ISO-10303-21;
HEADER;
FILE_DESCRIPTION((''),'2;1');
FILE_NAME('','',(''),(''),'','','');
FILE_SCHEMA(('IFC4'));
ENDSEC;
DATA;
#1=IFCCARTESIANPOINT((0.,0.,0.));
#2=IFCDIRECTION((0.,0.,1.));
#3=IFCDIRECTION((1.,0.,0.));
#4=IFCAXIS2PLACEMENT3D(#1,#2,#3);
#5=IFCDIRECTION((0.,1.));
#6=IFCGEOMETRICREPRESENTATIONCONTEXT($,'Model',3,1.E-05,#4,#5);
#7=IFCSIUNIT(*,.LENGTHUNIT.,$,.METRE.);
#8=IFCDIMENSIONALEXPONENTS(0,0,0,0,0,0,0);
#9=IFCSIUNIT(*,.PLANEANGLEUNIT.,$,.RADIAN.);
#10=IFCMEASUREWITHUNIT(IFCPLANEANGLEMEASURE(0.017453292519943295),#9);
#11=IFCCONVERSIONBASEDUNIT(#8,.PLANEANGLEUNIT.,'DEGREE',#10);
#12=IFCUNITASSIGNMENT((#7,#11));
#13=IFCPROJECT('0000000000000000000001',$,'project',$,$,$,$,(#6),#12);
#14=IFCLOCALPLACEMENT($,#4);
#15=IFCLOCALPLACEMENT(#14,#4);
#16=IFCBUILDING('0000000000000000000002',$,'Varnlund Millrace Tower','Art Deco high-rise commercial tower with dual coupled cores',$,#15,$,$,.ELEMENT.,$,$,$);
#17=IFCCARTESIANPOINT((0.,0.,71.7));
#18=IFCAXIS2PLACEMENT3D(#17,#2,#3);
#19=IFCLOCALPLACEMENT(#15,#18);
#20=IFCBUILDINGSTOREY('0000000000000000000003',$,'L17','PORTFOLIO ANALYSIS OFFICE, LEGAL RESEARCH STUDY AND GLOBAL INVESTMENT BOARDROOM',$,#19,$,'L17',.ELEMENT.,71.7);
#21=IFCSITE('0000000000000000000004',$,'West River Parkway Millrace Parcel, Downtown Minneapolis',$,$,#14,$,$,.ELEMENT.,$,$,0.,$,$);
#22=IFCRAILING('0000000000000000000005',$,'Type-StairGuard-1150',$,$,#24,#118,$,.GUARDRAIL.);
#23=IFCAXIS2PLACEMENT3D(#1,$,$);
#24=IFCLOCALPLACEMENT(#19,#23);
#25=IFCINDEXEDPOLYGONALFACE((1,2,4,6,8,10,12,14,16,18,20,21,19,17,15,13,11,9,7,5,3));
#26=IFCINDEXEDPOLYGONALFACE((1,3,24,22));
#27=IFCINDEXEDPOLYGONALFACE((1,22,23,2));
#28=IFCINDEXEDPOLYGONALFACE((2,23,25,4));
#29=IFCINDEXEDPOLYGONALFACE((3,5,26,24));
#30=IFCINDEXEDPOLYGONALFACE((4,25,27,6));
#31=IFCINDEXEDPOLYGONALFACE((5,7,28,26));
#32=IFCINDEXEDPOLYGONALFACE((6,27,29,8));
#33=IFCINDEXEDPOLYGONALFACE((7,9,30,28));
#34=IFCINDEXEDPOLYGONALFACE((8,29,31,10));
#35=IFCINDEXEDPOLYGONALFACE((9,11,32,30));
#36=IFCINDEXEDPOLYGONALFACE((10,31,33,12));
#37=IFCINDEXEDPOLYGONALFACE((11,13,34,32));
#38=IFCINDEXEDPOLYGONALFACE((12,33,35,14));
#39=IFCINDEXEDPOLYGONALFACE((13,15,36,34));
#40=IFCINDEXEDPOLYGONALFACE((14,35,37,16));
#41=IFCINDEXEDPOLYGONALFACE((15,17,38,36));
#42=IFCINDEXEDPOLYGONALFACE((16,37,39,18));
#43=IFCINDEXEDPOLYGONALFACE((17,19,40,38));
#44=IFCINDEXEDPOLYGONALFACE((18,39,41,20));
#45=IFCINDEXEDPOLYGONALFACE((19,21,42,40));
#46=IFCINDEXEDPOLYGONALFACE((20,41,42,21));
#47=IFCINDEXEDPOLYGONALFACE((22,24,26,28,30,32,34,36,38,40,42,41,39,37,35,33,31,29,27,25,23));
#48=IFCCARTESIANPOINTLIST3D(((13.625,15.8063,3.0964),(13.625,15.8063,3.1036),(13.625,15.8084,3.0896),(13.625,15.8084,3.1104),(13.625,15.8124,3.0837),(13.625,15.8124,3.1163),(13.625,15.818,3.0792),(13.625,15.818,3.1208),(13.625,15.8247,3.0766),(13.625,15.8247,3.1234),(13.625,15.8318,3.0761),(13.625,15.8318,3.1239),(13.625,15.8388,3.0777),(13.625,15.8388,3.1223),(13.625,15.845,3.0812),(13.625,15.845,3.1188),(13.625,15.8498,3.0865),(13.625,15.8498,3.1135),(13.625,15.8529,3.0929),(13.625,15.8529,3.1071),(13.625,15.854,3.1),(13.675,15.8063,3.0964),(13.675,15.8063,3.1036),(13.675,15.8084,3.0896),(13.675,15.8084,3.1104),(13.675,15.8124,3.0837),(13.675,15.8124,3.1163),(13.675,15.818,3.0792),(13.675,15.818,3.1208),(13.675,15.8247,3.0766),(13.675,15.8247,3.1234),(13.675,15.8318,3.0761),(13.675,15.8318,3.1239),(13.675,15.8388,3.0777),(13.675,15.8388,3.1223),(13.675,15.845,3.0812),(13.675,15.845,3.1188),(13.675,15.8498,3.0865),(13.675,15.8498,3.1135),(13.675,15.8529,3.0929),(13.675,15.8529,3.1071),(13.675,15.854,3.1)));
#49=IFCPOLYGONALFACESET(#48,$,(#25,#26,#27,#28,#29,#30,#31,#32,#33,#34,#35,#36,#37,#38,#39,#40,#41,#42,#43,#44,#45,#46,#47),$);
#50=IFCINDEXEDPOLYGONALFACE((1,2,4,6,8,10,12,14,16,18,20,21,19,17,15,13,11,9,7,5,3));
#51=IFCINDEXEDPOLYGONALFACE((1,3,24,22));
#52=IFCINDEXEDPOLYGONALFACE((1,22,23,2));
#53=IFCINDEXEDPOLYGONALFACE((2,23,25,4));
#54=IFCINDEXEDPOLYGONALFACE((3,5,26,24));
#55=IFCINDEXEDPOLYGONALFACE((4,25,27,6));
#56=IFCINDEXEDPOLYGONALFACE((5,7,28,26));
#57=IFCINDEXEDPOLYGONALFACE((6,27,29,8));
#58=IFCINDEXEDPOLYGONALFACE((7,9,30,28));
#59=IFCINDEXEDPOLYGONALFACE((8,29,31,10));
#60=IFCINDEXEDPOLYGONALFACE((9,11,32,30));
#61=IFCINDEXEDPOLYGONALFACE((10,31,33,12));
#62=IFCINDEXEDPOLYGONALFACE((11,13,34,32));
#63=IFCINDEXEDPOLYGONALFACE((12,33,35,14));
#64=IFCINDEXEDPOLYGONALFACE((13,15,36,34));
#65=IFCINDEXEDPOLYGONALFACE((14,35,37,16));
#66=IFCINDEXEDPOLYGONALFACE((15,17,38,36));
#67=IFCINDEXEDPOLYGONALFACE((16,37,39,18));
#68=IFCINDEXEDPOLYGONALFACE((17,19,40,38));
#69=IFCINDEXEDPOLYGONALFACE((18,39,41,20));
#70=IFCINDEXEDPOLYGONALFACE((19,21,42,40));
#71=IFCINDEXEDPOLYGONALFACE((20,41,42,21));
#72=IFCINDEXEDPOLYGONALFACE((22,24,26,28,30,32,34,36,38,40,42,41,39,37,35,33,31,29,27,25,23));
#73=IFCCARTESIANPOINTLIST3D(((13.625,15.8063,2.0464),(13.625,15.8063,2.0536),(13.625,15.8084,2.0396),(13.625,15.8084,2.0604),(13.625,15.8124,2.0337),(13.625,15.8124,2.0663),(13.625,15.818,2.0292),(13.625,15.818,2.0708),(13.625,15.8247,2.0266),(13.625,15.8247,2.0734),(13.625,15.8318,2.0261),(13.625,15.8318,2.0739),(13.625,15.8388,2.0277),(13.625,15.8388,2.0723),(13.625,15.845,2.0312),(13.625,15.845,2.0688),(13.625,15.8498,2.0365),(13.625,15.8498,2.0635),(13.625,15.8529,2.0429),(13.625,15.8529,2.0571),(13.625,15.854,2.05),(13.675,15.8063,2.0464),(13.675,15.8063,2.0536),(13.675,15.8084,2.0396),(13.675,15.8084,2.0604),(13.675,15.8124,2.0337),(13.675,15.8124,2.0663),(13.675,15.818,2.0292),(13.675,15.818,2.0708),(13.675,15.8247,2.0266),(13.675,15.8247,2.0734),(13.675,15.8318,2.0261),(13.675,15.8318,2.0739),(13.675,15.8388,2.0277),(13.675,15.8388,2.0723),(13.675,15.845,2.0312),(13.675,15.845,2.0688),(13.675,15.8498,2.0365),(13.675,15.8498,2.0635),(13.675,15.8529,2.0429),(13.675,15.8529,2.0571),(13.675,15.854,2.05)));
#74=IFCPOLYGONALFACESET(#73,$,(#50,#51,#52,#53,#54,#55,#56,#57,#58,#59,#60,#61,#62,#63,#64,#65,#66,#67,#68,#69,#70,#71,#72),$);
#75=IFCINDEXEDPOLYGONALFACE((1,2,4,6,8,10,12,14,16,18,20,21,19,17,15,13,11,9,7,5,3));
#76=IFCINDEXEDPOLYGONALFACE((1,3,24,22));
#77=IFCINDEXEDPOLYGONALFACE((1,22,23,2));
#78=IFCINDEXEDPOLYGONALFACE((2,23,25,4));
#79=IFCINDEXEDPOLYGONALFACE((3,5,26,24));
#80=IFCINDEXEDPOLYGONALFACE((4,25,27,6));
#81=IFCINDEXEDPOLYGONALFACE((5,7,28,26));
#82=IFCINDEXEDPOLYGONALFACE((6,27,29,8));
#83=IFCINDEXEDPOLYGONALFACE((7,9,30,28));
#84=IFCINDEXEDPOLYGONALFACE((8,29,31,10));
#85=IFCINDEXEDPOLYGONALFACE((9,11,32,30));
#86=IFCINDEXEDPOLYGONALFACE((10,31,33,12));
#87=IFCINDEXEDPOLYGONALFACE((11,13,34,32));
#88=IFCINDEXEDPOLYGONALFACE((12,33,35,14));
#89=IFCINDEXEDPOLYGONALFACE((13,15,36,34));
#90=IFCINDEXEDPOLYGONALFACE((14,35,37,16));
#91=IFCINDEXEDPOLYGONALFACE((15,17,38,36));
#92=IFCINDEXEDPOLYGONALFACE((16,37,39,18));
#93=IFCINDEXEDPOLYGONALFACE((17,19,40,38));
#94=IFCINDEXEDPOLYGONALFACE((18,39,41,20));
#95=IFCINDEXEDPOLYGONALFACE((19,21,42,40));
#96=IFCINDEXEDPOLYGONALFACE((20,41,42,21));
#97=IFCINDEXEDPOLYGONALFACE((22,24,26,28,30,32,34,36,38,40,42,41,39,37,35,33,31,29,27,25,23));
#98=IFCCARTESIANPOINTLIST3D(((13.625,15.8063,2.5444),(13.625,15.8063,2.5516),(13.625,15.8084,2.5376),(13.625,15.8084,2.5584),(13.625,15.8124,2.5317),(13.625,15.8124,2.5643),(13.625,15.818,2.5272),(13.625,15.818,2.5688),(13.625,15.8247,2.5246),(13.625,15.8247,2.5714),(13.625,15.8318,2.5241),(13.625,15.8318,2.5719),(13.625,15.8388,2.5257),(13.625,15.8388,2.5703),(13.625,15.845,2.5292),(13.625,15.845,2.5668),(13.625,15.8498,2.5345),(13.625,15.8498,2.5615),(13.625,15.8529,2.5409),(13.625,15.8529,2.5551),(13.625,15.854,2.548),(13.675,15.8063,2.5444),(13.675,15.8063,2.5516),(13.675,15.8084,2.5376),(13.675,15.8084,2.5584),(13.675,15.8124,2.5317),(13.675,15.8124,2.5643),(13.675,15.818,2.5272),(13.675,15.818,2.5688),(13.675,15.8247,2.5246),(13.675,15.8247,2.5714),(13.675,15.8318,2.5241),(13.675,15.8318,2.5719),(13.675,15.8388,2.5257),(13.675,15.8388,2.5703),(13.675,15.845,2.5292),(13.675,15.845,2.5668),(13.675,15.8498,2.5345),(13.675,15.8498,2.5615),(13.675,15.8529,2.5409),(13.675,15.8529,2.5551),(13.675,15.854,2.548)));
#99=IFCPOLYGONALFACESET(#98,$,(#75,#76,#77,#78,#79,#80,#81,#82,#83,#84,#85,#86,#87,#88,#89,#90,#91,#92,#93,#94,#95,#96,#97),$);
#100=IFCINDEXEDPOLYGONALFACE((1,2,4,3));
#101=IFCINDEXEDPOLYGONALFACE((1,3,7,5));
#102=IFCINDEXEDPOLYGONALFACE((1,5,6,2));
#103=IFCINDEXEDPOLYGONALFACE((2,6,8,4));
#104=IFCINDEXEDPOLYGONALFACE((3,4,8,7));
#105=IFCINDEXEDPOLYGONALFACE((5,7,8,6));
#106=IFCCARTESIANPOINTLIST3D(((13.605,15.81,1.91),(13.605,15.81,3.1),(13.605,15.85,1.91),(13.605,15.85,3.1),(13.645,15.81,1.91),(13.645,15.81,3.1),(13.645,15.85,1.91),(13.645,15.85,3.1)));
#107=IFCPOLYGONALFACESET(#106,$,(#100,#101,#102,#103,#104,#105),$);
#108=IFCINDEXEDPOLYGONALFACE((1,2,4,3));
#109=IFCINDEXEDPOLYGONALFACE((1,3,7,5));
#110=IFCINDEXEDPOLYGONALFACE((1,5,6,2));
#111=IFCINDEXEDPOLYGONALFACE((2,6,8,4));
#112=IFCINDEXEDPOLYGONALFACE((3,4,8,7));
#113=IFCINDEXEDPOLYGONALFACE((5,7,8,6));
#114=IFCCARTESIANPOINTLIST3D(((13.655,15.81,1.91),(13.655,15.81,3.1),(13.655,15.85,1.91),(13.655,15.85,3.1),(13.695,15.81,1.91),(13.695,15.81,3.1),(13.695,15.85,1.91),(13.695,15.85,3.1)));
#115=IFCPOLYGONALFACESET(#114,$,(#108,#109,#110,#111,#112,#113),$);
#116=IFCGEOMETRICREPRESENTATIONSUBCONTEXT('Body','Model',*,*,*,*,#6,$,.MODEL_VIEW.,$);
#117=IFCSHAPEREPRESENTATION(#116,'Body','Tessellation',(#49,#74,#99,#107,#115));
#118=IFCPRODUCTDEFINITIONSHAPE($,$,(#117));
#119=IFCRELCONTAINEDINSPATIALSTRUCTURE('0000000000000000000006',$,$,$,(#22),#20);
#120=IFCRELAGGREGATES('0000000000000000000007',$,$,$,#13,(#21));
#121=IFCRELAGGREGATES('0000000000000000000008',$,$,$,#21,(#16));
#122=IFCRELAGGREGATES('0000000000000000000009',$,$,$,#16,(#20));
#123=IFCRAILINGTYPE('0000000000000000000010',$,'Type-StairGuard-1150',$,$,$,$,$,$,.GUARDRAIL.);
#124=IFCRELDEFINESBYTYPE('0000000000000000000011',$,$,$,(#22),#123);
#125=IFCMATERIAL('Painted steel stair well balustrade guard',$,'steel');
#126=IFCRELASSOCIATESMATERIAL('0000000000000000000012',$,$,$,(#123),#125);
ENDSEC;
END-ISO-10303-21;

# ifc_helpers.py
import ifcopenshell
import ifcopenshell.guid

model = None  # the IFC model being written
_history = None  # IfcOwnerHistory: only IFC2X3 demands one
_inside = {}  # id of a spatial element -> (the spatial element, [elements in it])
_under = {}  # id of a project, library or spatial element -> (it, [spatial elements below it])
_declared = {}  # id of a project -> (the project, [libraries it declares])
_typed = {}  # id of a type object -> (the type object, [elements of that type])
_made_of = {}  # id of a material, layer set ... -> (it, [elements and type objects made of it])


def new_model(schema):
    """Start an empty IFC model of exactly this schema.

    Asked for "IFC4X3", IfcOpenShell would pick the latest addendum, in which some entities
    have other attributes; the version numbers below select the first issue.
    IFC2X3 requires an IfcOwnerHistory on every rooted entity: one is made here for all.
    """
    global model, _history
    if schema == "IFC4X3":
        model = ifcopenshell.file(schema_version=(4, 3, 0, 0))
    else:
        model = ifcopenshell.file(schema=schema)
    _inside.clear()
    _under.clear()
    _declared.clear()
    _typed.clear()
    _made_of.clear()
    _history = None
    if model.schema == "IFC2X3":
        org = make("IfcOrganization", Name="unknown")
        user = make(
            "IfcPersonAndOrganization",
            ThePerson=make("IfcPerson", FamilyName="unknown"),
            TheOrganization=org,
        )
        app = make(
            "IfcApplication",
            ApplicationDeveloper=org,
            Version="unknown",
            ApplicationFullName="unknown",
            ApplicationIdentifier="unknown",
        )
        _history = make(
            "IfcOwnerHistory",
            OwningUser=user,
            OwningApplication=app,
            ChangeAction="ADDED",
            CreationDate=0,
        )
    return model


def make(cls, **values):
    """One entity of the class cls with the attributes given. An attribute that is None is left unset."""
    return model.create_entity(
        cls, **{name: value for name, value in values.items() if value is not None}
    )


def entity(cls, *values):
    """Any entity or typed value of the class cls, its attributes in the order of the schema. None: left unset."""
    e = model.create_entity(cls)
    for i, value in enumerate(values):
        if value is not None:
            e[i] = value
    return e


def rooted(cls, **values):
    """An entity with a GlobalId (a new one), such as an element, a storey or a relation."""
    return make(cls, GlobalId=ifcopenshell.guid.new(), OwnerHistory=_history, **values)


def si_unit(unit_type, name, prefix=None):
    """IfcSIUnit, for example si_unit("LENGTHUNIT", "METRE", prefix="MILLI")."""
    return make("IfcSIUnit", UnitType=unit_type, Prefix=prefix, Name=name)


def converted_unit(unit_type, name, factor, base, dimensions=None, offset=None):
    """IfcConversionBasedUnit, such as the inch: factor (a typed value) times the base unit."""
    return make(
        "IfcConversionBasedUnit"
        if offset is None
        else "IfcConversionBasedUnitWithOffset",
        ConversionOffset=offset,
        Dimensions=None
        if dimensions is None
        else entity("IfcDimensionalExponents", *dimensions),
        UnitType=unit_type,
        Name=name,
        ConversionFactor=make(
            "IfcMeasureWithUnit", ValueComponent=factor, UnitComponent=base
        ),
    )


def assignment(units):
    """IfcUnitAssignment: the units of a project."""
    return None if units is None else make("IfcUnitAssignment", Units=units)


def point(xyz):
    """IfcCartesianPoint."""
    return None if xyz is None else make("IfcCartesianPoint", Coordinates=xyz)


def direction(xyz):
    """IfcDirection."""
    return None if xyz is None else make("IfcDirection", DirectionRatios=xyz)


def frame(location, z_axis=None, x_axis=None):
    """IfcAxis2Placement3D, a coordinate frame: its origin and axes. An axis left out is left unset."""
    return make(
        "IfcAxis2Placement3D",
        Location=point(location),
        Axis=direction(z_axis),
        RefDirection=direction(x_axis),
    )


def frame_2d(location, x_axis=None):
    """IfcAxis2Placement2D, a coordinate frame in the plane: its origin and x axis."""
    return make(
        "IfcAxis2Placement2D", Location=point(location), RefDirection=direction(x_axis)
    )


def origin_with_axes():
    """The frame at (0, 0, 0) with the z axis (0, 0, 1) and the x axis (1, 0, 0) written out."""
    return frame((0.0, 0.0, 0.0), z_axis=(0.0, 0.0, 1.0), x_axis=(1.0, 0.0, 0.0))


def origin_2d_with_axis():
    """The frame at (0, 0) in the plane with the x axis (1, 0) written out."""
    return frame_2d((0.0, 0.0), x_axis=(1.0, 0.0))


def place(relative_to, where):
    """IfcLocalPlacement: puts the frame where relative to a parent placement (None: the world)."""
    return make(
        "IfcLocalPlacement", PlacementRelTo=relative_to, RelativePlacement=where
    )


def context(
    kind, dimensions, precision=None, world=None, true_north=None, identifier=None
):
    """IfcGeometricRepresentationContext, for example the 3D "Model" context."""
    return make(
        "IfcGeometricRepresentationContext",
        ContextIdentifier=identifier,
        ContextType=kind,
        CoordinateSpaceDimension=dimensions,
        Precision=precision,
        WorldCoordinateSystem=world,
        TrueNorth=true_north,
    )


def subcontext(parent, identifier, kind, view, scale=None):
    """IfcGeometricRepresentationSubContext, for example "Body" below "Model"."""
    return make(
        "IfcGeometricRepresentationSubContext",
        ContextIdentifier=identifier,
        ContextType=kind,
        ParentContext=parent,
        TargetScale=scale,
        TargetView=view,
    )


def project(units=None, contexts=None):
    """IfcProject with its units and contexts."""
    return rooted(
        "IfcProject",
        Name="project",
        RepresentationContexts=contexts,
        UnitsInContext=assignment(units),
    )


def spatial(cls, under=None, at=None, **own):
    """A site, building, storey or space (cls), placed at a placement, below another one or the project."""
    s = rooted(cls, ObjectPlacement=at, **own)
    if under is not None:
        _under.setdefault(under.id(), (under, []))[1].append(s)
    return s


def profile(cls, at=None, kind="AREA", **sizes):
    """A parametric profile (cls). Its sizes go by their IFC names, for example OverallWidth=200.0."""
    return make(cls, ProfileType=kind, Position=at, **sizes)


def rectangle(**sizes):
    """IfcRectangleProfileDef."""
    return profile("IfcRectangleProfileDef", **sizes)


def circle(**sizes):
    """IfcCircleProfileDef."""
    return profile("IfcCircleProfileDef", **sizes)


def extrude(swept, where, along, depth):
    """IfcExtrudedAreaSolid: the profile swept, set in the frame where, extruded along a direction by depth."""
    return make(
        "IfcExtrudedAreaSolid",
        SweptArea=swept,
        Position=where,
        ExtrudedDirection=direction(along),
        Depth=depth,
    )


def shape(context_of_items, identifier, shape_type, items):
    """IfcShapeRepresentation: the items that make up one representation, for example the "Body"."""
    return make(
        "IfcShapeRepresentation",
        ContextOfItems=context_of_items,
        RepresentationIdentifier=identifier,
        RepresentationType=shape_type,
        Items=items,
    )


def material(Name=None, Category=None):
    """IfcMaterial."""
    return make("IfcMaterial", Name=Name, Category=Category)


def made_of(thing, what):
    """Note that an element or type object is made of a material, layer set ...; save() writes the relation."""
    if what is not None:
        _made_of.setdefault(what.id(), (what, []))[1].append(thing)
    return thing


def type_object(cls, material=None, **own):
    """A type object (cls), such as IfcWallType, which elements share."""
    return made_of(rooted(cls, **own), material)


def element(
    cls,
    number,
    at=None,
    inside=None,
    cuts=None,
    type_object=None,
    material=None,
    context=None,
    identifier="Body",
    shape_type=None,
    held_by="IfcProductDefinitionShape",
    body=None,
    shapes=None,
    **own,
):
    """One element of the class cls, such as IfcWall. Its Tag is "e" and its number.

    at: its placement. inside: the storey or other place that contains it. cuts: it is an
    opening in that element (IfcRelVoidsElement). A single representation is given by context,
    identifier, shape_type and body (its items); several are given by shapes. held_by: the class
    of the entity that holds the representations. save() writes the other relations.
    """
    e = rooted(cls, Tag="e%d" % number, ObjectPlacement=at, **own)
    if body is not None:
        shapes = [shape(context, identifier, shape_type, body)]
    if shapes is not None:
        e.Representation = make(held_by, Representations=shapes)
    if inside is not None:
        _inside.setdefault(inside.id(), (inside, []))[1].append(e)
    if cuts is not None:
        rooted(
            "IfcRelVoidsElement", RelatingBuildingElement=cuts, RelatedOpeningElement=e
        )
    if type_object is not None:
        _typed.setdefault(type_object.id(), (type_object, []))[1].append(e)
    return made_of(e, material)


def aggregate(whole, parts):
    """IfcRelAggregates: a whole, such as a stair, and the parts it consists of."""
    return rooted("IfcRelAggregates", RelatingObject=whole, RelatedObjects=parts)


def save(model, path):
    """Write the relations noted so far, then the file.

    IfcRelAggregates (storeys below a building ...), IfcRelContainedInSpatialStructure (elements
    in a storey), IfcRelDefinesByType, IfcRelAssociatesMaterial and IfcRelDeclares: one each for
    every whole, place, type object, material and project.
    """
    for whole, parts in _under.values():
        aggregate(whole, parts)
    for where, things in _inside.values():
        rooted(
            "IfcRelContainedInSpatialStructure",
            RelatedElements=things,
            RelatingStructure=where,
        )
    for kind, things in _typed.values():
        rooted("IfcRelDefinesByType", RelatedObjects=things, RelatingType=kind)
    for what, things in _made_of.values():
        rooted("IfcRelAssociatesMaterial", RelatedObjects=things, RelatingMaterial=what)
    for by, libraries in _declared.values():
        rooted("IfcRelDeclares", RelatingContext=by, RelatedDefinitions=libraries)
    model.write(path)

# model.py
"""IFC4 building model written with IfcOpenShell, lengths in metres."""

from ifc_helpers import new_model, entity, si_unit, converted_unit, direction, frame, origin_with_axes, origin_2d_with_axis, place, context, subcontext, project, spatial, rectangle, circle, extrude, material, type_object, element, save


model = new_model("IFC4")

# Units and contexts
model_context = context("Model", 3, precision=1e-05, world=origin_with_axes(), true_north=direction((0.0, 1.0)))
body_context = subcontext(model_context, "Body", "Model", "MODEL_VIEW")
ifc_project = project(units=[si_unit("LENGTHUNIT", "METRE"), converted_unit("PLANEANGLEUNIT", "DEGREE", entity("IfcPlaneAngleMeasure", 0.017453292519943295), si_unit("PLANEANGLEUNIT", "RADIAN"), dimensions=[0, 0, 0, 0, 0, 0, 0])], contexts=[model_context])

# Site, building, storey
site_placement = place(None, origin_with_axes())
site = spatial("IfcSite", under=ifc_project, at=site_placement, Name="West River Parkway Millrace Parcel, Downtown Minneapolis", CompositionType="ELEMENT", RefElevation=0.0)
building_placement = place(site_placement, origin_with_axes())
building = spatial("IfcBuilding", under=site, at=building_placement, Name="Varnlund Millrace Tower", Description="Art Deco high-rise commercial tower with dual coupled cores", CompositionType="ELEMENT")
storey_placement = place(building_placement, frame((0.0, 0.0, 71.7), z_axis=(0.0, 0.0, 1.0), x_axis=(1.0, 0.0, 0.0)))
storey = spatial("IfcBuildingStorey", under=building, at=storey_placement, Name="L17", Description="PORTFOLIO ANALYSIS OFFICE, LEGAL RESEARCH STUDY AND GLOBAL INVESTMENT BOARDROOM", LongName="L17", CompositionType="ELEMENT", Elevation=71.7)

# Railing
ifc_material_1 = material(Name="Painted steel stair well balustrade guard", Category="steel")
railing_type_1 = type_object("IfcRailingType", Name="Type-StairGuard-1150", PredefinedType="GUARDRAIL", material=ifc_material_1)
railing_1_placement = place(storey_placement, frame((0.0, 0.0, -71.7), z_axis=(0.0, 0.0, 1.0), x_axis=(1.0, 0.0, 0.0)))
element("IfcRailing", 1, at=railing_1_placement, inside=storey, type_object=railing_type_1, Name="Type-StairGuard-1150", PredefinedType="GUARDRAIL", context=body_context, shape_type="SweptSolid", body=[
    extrude(circle(Radius=0.024, at=origin_2d_with_axis()), frame((13.625, 15.83, 74.8), z_axis=(1.0, 0.0, 0.0), x_axis=(0.0, 1.0, 0.0)), (0.0, 0.0, 1.0), 0.05),
    extrude(circle(Radius=0.024, at=origin_2d_with_axis()), frame((13.625, 15.83, 73.75), z_axis=(1.0, 0.0, 0.0), x_axis=(0.0, 1.0, 0.0)), (0.0, 0.0, 1.0), 0.05),
    extrude(circle(Radius=0.024, at=origin_2d_with_axis()), frame((13.625, 15.83, 74.248), z_axis=(1.0, 0.0, 0.0), x_axis=(0.0, 1.0, 0.0)), (0.0, 0.0, 1.0), 0.05),
    extrude(rectangle(XDim=0.04, YDim=0.04, at=origin_2d_with_axis()), frame((13.625, 15.83, 73.61), z_axis=(0.0, 0.0, 1.0), x_axis=(1.0, 0.0, 0.0)), (0.0, 0.0, 1.0), 1.19),
    extrude(rectangle(XDim=0.04, YDim=0.04, at=origin_2d_with_axis()), frame((13.675, 15.83, 73.61), z_axis=(0.0, 0.0, 1.0), x_axis=(1.0, 0.0, 0.0)), (0.0, 0.0, 1.0), 1.19),
])

save(model, "model.ifc")
